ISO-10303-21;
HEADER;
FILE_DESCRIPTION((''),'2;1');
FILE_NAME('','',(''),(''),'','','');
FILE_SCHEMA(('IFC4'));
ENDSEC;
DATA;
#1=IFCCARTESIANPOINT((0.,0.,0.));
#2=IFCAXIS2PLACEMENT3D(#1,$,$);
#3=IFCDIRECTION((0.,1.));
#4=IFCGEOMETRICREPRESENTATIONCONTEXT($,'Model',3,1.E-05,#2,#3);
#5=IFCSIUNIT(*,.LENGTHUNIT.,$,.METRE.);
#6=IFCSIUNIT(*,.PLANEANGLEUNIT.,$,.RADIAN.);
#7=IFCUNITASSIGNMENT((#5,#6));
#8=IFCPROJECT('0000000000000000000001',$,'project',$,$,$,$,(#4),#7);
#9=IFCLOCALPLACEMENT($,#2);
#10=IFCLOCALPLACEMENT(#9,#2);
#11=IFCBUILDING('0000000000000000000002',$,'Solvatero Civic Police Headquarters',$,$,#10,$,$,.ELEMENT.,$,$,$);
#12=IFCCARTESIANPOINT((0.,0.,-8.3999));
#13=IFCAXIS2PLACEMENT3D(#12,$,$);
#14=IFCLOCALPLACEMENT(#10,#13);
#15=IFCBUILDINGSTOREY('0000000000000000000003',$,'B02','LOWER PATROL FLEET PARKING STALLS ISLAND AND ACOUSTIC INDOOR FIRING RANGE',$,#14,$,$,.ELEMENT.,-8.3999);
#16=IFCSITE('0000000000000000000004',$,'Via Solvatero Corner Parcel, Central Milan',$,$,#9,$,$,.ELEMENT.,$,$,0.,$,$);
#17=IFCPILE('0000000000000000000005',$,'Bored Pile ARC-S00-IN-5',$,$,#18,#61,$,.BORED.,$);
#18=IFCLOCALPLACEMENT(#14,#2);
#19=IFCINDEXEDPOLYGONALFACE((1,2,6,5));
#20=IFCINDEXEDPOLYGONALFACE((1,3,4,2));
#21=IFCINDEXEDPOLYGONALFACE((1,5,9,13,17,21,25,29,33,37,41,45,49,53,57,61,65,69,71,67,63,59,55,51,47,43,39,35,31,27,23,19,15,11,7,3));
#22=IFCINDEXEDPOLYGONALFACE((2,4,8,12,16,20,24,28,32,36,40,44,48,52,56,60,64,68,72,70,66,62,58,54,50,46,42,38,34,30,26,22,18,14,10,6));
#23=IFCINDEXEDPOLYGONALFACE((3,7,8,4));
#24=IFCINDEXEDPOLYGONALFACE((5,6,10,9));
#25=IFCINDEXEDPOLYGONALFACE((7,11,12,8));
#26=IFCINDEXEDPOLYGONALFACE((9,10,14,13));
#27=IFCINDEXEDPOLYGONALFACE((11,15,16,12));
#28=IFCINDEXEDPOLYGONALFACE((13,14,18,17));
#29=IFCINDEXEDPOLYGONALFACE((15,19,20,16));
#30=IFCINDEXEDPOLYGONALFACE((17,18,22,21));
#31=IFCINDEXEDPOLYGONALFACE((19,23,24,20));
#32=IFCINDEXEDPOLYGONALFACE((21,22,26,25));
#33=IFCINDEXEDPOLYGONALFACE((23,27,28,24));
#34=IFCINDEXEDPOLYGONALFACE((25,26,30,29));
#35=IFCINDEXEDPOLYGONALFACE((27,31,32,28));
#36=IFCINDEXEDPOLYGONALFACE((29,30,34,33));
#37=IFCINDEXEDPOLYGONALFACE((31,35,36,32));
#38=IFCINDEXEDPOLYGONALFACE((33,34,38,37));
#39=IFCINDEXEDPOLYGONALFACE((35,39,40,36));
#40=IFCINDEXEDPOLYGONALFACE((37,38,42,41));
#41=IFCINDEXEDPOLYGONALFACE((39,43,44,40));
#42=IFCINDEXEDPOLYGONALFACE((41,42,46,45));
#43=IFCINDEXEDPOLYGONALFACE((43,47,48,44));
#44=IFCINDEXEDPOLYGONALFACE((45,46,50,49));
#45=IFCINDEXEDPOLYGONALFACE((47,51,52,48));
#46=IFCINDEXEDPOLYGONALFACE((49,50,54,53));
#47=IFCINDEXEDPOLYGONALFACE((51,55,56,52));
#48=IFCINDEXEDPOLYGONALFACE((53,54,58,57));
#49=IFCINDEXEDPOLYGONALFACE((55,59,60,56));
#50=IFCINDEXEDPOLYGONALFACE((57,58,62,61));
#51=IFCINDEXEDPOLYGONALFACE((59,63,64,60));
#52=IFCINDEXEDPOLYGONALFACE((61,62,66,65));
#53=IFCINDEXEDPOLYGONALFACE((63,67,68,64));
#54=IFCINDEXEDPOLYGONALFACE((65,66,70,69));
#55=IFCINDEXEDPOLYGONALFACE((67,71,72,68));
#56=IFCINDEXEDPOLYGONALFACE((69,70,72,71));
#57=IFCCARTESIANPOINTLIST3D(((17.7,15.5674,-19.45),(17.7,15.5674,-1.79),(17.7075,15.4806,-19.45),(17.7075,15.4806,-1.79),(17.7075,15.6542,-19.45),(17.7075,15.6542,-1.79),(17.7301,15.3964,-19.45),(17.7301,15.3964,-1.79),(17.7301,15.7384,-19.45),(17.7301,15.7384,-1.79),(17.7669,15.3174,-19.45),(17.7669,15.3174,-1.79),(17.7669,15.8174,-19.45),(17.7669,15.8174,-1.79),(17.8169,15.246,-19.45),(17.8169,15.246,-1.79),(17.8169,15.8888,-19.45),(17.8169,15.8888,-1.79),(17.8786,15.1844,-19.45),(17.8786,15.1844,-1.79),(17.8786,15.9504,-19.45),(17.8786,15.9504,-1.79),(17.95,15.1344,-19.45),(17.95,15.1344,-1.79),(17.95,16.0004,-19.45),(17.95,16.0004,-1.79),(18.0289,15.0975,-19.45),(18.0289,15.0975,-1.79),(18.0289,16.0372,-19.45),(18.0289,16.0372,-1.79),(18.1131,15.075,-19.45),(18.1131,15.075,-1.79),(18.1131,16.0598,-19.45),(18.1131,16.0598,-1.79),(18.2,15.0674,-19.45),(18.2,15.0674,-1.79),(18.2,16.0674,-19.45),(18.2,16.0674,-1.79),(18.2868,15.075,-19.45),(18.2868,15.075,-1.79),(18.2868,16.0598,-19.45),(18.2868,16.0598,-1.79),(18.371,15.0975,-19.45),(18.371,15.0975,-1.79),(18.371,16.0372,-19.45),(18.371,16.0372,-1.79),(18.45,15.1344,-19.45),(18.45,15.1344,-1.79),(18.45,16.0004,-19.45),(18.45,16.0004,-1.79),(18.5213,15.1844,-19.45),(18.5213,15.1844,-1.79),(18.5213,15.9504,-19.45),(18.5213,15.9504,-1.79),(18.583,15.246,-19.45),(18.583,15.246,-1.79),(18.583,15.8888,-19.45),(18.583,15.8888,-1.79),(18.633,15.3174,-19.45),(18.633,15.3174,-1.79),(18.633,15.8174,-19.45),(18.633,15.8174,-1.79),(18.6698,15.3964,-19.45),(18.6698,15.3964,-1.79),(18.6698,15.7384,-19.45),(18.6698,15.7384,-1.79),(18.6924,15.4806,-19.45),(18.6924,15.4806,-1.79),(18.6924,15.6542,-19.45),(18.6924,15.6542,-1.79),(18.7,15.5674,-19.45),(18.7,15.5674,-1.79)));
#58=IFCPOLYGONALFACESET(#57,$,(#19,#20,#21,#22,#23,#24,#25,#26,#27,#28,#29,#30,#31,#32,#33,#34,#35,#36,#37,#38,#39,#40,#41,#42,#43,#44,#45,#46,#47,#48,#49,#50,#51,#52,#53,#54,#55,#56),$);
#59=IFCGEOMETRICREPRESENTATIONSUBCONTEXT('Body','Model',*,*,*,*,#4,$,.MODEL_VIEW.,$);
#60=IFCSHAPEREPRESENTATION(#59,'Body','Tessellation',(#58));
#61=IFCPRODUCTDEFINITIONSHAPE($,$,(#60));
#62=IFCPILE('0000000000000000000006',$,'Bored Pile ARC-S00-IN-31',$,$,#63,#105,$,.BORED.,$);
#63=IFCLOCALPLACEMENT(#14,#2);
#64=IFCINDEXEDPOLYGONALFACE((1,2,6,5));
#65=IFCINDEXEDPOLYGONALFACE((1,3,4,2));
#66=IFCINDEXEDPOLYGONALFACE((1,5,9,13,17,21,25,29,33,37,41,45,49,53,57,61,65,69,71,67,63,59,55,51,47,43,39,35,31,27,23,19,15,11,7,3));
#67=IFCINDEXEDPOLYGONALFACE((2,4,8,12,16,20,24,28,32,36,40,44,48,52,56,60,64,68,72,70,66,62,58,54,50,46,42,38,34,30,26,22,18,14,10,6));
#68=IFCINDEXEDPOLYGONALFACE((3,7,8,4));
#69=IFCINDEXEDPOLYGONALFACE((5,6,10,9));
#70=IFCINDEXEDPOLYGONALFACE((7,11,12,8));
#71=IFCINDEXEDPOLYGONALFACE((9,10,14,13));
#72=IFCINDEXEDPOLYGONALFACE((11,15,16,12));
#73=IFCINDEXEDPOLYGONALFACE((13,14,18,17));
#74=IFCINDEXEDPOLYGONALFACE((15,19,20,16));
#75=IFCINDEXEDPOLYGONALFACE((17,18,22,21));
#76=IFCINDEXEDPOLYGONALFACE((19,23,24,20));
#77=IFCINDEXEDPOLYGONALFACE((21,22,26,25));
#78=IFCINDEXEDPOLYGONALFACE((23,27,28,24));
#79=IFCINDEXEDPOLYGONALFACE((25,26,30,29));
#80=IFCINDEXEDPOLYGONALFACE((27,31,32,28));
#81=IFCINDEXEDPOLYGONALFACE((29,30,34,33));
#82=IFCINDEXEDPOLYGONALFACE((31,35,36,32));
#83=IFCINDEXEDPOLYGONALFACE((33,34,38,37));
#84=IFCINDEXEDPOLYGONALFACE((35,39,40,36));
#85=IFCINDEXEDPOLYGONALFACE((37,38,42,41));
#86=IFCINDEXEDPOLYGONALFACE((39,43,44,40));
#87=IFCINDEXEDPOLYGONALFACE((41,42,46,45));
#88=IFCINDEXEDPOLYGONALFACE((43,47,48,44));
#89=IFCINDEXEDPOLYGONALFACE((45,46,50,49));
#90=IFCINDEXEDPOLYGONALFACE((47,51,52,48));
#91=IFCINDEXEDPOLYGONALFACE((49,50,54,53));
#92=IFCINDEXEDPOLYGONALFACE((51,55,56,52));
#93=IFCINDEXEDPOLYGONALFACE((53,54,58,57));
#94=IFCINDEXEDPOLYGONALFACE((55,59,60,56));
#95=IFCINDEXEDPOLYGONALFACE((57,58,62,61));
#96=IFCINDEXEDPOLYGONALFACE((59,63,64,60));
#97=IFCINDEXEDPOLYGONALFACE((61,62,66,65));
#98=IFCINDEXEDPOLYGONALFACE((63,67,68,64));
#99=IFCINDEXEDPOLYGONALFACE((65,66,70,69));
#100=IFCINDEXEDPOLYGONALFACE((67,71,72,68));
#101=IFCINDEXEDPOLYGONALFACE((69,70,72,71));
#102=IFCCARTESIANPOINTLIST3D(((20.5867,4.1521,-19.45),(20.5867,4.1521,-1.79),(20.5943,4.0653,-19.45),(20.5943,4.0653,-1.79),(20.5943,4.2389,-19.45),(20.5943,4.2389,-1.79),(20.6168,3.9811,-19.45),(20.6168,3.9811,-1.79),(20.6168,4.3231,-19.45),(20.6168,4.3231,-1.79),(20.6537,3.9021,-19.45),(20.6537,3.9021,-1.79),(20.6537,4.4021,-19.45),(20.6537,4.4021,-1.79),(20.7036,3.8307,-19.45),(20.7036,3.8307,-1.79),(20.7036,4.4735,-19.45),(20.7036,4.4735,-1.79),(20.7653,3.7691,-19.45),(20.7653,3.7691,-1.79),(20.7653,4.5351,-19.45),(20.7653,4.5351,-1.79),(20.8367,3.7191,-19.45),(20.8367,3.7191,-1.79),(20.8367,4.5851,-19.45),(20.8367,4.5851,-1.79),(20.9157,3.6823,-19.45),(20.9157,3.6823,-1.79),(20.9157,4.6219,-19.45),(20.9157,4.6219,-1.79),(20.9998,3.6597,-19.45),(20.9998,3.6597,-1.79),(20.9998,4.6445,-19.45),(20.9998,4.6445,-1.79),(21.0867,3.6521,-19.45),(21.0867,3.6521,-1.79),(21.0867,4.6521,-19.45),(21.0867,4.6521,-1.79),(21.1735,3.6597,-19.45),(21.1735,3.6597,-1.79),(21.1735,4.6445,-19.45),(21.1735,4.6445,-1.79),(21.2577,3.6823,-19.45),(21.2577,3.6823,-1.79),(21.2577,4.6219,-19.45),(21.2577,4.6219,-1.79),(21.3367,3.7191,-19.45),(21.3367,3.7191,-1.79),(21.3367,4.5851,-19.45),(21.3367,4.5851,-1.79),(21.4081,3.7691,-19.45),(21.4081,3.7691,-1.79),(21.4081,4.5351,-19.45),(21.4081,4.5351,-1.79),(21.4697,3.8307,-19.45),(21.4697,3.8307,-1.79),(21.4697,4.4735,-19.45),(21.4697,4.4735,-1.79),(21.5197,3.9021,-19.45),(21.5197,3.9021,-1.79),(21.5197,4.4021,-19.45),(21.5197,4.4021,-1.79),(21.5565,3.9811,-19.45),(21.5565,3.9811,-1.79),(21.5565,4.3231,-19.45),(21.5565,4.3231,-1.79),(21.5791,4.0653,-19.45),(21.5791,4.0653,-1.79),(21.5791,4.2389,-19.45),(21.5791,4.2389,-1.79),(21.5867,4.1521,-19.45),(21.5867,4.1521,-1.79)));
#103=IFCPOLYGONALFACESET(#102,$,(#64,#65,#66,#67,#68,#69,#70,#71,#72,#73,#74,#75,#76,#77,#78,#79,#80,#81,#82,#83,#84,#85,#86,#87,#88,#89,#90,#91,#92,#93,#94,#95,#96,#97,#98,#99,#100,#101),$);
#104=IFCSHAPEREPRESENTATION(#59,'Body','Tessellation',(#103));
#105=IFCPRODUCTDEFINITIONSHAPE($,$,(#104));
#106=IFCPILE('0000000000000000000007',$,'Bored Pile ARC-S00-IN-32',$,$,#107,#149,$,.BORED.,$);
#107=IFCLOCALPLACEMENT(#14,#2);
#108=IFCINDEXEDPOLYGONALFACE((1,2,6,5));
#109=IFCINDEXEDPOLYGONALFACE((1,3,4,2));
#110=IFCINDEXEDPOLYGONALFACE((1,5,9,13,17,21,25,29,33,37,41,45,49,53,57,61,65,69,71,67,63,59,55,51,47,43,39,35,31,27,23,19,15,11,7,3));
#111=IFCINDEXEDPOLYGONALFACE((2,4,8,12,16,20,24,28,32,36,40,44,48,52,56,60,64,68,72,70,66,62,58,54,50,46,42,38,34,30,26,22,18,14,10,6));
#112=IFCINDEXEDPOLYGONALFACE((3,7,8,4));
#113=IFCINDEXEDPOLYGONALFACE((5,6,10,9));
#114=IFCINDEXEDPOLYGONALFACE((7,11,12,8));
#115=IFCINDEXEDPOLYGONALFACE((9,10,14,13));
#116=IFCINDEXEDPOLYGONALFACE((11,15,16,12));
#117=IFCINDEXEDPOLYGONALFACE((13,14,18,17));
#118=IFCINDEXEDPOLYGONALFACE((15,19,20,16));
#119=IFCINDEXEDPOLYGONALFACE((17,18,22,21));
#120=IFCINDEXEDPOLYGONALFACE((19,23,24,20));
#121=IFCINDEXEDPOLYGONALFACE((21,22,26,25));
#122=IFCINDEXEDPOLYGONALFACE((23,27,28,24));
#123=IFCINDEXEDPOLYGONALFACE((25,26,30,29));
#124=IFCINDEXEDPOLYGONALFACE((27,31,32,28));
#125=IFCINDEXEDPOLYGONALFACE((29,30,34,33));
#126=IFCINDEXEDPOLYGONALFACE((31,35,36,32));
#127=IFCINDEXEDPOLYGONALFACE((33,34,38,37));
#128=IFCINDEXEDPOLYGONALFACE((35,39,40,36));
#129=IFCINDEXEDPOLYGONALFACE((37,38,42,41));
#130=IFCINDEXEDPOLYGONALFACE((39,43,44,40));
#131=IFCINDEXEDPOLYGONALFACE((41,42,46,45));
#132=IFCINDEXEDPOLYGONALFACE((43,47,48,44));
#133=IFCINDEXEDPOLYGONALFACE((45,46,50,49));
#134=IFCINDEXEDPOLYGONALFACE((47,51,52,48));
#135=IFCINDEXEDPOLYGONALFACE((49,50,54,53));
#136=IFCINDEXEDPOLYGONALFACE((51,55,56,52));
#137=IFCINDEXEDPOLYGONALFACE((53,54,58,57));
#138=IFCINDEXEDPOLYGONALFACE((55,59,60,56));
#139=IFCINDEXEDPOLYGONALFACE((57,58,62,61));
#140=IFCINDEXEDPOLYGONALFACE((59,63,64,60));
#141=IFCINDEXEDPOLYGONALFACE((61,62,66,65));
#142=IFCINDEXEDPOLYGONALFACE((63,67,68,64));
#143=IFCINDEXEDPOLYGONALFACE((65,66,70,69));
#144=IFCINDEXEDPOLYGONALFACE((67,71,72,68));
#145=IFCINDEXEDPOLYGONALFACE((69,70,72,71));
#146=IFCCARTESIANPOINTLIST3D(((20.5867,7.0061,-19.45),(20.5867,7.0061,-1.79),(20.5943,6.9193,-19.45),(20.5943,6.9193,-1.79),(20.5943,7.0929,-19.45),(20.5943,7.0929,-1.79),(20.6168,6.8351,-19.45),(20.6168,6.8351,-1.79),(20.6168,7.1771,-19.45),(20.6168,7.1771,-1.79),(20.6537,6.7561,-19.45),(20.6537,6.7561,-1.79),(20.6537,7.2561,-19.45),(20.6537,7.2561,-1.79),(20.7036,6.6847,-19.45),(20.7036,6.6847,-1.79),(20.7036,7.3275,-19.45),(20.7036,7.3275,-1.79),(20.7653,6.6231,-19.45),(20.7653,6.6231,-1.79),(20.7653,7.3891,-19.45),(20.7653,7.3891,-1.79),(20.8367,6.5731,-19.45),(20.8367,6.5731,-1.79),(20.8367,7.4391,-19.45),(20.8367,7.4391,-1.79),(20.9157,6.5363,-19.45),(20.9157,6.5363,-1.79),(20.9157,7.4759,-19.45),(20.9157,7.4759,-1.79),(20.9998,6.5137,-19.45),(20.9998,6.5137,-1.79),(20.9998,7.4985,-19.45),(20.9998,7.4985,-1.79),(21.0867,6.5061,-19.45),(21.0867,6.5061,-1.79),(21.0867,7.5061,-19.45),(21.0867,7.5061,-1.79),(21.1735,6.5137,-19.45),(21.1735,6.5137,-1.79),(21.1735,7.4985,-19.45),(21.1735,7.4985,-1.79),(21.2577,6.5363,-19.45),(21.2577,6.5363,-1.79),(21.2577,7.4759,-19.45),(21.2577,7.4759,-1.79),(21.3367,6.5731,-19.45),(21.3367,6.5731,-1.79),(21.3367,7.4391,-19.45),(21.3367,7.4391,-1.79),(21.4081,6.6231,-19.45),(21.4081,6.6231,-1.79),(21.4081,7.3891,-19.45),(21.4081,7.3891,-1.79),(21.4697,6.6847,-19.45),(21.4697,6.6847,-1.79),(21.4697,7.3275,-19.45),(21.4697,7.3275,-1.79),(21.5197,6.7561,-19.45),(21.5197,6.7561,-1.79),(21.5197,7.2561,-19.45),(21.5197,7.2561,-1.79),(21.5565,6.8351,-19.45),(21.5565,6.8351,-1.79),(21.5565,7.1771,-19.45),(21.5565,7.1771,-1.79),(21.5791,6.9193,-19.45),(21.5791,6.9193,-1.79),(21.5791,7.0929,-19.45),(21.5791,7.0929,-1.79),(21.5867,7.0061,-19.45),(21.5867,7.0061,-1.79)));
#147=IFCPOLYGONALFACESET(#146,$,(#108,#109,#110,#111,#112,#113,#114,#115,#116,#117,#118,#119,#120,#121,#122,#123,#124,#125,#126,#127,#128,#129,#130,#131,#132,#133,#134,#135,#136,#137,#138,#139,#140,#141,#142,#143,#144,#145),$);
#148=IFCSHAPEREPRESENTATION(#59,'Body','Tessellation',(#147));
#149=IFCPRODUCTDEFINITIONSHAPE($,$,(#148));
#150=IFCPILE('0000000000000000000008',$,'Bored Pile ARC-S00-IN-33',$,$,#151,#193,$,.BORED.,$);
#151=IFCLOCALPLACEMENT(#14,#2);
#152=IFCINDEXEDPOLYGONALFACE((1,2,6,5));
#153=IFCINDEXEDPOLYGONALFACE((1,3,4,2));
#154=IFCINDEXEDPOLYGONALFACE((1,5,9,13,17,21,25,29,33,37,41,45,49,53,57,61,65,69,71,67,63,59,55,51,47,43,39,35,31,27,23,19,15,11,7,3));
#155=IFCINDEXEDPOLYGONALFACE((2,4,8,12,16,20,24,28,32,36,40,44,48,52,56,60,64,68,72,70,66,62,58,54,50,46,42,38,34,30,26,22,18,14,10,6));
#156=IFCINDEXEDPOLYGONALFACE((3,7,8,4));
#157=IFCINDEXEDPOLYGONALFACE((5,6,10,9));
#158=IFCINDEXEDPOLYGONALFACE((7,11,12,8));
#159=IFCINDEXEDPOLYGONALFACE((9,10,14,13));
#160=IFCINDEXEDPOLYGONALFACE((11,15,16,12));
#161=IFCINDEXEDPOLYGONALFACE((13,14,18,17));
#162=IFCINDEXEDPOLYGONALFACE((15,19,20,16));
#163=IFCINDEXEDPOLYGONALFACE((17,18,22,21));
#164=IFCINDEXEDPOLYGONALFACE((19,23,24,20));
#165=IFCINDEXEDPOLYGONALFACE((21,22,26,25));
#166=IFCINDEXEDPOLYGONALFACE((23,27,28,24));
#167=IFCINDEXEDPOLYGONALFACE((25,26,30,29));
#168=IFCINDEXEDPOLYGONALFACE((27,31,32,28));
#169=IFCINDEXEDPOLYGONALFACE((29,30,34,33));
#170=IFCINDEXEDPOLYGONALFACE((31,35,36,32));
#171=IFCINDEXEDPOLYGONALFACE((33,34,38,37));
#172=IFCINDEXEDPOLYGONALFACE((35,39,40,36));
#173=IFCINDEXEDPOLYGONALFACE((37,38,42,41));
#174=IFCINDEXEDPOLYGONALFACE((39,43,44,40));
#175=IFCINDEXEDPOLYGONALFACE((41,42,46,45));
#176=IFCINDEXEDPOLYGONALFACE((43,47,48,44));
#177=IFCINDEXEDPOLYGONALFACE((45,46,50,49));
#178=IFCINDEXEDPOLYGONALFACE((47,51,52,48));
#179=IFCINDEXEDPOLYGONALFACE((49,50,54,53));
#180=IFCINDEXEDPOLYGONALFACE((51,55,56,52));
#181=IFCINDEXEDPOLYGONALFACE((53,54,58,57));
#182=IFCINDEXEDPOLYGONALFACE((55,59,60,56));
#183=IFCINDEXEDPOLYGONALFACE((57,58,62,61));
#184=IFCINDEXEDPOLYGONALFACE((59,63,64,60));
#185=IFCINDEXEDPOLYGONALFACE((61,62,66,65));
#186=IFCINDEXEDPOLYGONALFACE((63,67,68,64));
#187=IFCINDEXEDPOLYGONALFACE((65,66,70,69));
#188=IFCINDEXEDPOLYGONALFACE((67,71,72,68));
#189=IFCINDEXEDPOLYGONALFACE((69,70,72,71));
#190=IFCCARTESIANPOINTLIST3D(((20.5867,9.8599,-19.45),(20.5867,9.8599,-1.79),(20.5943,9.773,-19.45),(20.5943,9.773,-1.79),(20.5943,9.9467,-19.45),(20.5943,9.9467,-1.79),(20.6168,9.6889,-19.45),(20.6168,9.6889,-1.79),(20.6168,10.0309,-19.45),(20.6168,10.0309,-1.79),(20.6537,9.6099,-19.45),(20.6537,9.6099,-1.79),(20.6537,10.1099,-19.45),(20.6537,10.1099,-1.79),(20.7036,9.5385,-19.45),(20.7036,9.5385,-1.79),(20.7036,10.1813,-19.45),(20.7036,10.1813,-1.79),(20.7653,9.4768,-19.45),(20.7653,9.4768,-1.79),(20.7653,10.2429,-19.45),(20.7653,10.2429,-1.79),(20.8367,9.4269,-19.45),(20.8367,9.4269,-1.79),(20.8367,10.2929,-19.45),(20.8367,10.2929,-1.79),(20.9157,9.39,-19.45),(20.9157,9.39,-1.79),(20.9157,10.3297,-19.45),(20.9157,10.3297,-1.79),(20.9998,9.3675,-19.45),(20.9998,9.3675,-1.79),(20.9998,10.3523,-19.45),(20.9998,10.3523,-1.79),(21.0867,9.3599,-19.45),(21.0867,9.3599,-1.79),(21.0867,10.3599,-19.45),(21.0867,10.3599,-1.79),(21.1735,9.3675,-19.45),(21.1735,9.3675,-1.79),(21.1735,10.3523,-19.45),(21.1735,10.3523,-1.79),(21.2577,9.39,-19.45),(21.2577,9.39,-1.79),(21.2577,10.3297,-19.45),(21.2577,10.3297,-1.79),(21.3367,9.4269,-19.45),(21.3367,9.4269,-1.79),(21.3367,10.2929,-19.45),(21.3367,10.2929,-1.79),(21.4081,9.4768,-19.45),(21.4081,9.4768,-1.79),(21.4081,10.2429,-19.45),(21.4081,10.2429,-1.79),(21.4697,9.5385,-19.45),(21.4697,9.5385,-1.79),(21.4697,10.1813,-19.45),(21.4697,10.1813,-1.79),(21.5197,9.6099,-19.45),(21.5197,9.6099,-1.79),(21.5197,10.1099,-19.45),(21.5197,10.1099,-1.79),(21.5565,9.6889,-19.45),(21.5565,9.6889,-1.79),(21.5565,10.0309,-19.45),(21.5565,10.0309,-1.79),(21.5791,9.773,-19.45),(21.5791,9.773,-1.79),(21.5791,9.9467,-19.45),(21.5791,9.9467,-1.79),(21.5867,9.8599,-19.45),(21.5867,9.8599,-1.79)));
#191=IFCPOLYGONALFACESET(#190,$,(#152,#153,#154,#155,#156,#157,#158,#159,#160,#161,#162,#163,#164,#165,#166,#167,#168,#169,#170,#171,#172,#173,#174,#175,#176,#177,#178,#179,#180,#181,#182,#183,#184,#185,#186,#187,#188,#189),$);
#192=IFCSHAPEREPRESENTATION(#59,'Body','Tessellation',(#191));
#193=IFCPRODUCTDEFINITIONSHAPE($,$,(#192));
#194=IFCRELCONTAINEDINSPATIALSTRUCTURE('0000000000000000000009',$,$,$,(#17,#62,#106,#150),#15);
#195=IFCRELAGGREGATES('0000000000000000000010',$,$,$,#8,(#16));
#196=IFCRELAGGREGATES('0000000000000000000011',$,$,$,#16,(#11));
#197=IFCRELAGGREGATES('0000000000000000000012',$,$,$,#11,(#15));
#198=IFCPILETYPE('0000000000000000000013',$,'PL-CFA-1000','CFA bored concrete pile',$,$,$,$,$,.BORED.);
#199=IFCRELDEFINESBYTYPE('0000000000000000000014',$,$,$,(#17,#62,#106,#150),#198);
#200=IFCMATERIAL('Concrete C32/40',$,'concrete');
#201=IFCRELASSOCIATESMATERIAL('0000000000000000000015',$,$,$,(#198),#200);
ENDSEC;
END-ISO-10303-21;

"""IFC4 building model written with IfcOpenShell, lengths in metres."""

from ifc_helpers import new_model, si_unit, direction, frame, origin, origin_2d, place, context, subcontext, project, spatial, circle, extrude, material, material_profile, profile_set, type_object, element, save


model = new_model("IFC4")

# Units and contexts
model_context = context("Model", 3, precision=1e-05, world=origin(), true_north=direction((0.0, 1.0)))
body_context = subcontext(model_context, "Body", "Model", "MODEL_VIEW")
ifc_project = project(units=[si_unit("LENGTHUNIT", "METRE"), si_unit("PLANEANGLEUNIT", "RADIAN")], contexts=[model_context])

# Site, building, storey
site_placement = place(None, origin())
site = spatial("IfcSite", under=ifc_project, at=site_placement, Name="Via Solvatero Corner Parcel, Central Milan", CompositionType="ELEMENT", RefElevation=0.0)
building_placement = place(site_placement, origin())
building = spatial("IfcBuilding", under=site, at=building_placement, Name="Solvatero Civic Police Headquarters", CompositionType="ELEMENT")
storey_placement = place(building_placement, frame((0.0, 0.0, -8.3999)))
storey = spatial("IfcBuildingStorey", under=building, at=storey_placement, Name="B02", Description="LOWER PATROL FLEET PARKING STALLS ISLAND AND ACOUSTIC INDOOR FIRING RANGE", CompositionType="ELEMENT", Elevation=-8.3999)

# Piles
ifc_material_1 = material(Name="Concrete C32/40", Category="concrete")
ifc_material_profile_1 = material_profile(ifc_material_1, circle(Radius=0.5, at=origin_2d()), Name="CFA PILE D1000")
ifc_profile_set_1 = profile_set([ifc_material_profile_1], Name="Concrete C32/40")
pile_type_1 = type_object("IfcPileType", Name="PL-CFA-1000", Description="CFA bored concrete pile", PredefinedType="BORED", material=ifc_profile_set_1)
for number, where, z_axis, x_axis, name in (
    (1, (18.2, 15.5674, -1.79), (0.0, 0.0, -1.0), (1.0, 0.0, 0.0), "Bored Pile ARC-S00-IN-5"),
    (2, (21.0867, 4.1521, -1.79), (0.0, 0.0, -1.0), (1.0, 0.0, 0.0), "Bored Pile ARC-S00-IN-31"),
    (3, (21.0867, 7.0061, -1.79), (0.0, 0.0, -1.0), (1.0, 0.0, 0.0), "Bored Pile ARC-S00-IN-32"),
    (4, (21.0867, 9.8599, -1.79), (0.0, 0.0, -1.0), (1.0, 0.0, 0.0), "Bored Pile ARC-S00-IN-33"),
):
    element("IfcPile", number, at=place(storey_placement, frame(where, z_axis=z_axis, x_axis=x_axis)), inside=storey, type_object=pile_type_1, Name=name, PredefinedType="BORED", context=body_context, shape_type="SweptSolid", body=[
        extrude(circle(Radius=0.5, at=origin_2d()), origin(), (0.0, 0.0, 1.0), 17.6599),
    ])

save(model, "model.ifc")
